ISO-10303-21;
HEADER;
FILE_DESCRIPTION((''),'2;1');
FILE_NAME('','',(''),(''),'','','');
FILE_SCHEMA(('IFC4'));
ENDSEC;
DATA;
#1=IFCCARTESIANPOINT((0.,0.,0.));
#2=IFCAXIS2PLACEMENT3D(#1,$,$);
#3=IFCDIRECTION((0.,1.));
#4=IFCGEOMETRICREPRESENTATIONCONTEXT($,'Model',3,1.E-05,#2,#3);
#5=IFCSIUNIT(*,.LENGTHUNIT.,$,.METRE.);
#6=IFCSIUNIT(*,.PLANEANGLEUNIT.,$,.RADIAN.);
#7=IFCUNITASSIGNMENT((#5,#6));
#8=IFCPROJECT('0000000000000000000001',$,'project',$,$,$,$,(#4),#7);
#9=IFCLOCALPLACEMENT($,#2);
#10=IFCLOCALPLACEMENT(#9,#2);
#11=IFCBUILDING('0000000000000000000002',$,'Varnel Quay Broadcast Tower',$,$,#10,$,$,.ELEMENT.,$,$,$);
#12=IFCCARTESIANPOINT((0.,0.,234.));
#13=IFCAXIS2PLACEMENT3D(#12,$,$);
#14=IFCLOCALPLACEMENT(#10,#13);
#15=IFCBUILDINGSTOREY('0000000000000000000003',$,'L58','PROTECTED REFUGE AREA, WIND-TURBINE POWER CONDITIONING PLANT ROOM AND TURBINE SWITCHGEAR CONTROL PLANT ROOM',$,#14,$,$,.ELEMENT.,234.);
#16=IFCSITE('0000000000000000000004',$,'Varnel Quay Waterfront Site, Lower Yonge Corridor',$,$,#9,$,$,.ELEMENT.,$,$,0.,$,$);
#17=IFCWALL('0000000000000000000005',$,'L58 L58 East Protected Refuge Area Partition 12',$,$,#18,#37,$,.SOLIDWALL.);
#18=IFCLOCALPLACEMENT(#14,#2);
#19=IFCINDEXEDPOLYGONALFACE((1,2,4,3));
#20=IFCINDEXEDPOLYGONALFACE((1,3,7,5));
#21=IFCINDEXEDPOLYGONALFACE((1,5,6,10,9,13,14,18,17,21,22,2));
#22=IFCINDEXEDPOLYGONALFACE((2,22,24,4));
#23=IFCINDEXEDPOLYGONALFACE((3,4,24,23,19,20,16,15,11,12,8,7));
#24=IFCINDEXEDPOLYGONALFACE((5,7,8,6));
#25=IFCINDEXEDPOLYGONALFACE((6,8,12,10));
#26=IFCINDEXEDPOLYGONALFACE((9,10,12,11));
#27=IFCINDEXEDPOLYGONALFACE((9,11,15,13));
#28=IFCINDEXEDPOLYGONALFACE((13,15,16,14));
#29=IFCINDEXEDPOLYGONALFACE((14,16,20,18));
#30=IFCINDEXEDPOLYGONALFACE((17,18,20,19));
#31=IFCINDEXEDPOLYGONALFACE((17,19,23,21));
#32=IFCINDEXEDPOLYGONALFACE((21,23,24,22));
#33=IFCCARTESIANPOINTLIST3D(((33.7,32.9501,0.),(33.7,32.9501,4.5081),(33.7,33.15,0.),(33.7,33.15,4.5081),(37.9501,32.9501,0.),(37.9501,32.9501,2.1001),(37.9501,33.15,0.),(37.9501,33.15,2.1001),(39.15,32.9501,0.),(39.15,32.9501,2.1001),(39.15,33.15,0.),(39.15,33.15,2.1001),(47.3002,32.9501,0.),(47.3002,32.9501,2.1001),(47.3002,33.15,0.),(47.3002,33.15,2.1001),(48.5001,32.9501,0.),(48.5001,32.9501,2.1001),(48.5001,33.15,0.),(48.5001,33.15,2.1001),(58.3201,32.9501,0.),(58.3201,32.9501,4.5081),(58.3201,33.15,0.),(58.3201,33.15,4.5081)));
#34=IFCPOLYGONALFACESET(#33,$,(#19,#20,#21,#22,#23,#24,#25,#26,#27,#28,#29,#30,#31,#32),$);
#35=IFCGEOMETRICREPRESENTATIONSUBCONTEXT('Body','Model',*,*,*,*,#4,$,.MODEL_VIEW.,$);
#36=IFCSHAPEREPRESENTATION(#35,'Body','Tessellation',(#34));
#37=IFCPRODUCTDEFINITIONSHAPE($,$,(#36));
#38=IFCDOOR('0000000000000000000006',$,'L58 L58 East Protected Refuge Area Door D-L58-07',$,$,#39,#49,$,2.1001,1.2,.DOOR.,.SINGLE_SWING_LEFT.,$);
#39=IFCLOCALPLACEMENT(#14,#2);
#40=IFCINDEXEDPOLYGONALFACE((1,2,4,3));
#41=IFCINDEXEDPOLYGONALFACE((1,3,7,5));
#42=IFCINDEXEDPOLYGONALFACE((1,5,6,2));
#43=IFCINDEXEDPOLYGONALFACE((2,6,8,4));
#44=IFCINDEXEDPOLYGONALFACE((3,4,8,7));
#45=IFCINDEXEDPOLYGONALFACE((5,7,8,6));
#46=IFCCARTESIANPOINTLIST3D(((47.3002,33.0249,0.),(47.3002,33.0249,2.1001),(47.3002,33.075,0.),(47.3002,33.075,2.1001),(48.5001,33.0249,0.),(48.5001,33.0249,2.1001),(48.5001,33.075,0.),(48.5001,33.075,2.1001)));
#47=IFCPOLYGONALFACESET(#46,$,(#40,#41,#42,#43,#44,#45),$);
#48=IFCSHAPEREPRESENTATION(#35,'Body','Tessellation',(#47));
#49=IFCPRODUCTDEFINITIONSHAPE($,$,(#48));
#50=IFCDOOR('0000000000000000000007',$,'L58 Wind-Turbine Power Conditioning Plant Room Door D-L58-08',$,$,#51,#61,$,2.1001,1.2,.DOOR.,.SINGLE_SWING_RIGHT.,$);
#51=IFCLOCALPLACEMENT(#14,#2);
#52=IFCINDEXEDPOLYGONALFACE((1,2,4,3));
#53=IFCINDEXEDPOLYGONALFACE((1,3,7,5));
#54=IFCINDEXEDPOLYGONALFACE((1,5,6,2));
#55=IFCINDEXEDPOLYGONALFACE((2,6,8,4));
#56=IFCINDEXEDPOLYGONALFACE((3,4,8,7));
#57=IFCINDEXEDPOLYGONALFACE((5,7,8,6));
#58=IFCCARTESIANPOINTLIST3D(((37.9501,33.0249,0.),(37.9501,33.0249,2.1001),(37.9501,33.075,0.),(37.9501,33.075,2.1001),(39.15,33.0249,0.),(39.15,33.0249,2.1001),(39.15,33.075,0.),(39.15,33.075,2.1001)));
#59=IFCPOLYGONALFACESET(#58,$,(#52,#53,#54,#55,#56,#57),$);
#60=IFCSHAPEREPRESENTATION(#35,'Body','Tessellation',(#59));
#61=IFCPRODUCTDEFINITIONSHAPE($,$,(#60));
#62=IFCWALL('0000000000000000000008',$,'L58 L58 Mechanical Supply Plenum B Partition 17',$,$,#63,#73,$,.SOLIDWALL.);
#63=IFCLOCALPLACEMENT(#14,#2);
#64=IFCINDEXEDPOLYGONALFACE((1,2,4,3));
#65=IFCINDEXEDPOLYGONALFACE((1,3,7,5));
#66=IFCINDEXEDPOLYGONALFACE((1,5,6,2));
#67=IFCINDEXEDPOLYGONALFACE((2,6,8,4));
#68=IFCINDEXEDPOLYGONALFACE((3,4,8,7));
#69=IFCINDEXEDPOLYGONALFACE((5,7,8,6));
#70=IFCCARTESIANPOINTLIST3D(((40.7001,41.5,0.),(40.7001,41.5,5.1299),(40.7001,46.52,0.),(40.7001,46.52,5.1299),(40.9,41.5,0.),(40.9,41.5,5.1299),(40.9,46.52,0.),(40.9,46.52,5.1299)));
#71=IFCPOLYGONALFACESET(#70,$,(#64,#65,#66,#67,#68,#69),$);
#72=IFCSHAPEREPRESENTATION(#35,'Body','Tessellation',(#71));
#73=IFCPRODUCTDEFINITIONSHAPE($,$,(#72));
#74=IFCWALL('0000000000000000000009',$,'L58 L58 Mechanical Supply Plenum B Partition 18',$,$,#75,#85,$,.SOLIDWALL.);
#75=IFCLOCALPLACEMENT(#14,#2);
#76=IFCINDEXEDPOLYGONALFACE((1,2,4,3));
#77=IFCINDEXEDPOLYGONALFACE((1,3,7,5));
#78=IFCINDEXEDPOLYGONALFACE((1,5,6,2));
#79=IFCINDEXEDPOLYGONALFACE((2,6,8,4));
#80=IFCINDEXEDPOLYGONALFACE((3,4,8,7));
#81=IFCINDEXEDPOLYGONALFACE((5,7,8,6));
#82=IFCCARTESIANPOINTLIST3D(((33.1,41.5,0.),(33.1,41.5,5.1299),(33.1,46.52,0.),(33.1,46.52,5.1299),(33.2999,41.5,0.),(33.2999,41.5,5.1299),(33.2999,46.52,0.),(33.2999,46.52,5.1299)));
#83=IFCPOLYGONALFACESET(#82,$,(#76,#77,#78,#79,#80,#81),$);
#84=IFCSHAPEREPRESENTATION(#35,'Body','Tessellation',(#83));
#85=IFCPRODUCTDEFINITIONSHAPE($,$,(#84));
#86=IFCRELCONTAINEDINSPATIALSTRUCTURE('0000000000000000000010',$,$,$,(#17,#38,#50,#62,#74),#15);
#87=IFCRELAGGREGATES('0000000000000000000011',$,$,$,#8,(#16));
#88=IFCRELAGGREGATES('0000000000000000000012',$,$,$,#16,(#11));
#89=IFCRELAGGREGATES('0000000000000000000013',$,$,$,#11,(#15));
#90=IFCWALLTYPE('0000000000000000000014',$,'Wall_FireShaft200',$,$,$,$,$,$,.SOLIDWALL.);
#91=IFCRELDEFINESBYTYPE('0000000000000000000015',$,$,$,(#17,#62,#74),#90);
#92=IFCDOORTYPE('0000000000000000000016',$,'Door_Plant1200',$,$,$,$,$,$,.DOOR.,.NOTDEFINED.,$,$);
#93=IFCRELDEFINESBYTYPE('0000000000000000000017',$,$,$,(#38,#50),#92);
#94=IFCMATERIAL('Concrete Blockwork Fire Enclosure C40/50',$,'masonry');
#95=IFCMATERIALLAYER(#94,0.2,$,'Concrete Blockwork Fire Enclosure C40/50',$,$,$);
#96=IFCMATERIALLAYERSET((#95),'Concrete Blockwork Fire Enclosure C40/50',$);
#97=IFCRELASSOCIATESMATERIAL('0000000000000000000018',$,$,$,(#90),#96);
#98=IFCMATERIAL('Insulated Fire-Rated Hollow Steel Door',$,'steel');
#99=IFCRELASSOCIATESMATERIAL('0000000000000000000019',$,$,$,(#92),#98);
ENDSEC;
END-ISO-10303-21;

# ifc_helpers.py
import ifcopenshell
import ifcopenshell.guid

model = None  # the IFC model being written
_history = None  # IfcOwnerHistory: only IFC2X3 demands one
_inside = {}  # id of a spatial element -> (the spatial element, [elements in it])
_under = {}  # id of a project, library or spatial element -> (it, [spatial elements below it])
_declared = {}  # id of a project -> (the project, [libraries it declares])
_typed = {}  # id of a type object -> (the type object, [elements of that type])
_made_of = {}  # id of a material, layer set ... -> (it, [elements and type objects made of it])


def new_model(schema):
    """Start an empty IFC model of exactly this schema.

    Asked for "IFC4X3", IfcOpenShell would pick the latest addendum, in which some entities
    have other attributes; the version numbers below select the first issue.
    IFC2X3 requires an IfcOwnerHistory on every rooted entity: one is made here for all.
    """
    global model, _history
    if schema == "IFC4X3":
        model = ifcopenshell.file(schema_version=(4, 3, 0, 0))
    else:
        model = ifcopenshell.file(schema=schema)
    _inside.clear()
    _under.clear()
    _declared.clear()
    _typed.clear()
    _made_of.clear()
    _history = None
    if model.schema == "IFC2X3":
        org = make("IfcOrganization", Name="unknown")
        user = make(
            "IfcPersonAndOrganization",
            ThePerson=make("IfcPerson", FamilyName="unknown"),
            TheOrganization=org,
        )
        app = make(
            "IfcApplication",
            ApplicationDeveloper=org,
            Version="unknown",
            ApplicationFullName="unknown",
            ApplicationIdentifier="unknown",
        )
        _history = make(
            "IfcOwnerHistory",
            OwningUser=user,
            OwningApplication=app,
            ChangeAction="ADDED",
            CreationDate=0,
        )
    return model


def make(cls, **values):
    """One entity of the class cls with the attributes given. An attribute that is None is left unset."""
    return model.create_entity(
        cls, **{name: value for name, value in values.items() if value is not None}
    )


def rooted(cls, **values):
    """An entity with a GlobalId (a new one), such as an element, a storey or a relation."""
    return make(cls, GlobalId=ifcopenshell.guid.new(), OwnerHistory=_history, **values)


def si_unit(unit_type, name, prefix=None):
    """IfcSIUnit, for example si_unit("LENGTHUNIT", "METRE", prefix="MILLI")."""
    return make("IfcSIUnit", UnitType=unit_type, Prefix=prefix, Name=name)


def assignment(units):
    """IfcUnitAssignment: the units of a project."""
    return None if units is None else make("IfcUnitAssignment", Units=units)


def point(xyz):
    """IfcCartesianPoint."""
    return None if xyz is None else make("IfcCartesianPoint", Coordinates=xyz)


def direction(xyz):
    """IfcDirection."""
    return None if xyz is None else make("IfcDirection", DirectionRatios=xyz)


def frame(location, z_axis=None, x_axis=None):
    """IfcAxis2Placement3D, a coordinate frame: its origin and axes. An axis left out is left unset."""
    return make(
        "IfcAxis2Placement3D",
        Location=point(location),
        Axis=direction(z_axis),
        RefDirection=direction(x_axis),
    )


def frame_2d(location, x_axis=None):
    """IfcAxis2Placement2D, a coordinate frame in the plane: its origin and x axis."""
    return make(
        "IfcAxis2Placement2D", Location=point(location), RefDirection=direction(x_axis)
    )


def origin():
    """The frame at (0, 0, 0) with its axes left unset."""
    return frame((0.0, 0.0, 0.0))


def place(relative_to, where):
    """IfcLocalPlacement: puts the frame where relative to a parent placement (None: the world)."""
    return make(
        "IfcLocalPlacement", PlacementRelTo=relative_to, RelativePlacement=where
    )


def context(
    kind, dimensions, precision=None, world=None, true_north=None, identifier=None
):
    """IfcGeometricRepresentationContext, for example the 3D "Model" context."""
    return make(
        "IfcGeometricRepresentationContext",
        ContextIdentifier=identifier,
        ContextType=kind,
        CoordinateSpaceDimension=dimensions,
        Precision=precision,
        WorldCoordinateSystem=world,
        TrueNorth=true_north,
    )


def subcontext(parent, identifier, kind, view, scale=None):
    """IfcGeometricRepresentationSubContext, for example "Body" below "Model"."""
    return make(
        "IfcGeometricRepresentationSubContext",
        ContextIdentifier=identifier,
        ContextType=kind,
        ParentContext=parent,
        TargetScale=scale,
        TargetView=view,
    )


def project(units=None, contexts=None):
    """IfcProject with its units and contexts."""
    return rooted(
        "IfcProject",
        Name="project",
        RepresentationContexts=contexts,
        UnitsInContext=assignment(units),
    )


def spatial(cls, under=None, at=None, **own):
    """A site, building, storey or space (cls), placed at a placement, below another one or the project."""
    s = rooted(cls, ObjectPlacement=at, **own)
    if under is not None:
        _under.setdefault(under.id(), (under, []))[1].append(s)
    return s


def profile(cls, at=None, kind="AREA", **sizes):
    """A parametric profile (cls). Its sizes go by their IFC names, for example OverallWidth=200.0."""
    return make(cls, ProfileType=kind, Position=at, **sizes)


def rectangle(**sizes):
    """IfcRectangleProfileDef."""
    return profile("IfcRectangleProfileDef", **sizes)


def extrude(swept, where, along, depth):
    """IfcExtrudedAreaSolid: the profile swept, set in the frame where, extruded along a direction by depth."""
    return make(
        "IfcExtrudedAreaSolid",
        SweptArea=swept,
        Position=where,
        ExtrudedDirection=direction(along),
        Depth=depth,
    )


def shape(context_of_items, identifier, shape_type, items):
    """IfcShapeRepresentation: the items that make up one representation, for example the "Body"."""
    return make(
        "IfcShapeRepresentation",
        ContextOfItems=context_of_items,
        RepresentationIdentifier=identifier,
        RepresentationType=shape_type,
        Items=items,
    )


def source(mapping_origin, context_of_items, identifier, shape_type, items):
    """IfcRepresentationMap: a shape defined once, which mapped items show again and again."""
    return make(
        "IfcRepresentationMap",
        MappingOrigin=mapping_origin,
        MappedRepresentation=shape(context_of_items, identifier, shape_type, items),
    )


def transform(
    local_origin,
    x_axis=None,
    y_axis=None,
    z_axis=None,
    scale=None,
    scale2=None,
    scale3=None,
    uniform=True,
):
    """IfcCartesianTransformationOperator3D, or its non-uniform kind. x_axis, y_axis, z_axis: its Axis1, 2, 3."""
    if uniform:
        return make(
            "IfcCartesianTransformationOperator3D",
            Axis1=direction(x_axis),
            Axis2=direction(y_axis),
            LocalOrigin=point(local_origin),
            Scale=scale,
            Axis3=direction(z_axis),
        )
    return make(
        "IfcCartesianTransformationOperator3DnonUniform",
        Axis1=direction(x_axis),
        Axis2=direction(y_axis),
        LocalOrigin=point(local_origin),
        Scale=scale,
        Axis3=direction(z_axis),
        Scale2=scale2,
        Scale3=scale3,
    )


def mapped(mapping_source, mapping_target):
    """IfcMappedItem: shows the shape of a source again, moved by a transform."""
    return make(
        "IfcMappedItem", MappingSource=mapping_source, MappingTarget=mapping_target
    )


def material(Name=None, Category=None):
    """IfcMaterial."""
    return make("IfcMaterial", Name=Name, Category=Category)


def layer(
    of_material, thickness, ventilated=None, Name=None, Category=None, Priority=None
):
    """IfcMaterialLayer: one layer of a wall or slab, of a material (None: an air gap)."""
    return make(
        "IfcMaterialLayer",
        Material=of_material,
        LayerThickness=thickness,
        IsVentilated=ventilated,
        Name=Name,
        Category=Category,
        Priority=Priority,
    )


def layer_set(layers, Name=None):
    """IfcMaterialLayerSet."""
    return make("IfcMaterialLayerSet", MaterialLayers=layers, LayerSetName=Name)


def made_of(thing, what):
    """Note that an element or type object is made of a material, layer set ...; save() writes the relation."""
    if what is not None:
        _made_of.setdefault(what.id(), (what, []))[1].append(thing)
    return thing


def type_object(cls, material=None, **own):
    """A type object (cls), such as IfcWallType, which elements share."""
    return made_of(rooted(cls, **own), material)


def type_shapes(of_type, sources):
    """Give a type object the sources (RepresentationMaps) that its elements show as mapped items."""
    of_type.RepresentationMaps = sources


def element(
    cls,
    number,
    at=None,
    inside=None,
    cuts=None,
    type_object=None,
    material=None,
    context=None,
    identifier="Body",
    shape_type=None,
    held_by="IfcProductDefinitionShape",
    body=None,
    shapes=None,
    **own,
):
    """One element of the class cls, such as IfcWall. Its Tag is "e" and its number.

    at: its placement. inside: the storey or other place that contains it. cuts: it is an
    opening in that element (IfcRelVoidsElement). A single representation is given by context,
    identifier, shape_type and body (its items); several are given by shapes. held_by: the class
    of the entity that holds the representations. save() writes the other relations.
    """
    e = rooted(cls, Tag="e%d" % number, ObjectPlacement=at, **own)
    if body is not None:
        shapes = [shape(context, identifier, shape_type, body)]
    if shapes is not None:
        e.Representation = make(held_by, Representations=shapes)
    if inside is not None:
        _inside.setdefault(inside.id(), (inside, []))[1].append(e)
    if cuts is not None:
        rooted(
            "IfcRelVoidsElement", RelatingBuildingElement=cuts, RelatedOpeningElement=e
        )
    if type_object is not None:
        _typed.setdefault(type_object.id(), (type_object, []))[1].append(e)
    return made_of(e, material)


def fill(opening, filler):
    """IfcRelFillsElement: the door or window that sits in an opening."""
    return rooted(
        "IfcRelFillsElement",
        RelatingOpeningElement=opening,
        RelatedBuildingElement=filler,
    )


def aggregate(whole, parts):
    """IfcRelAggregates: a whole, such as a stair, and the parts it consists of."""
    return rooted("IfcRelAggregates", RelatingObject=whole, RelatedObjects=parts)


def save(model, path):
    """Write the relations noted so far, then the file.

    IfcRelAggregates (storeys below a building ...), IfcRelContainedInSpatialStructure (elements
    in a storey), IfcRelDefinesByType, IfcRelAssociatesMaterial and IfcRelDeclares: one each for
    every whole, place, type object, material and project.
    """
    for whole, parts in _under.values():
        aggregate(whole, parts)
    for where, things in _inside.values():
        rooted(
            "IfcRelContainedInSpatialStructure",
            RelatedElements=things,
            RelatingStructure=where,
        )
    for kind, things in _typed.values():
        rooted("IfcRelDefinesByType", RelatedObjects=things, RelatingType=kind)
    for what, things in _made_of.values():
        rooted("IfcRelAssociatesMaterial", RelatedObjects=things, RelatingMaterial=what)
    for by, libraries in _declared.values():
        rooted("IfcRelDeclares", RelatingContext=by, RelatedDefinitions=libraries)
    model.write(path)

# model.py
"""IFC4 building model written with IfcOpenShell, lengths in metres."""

from ifc_helpers import new_model, si_unit, direction, frame, frame_2d, origin, place, context, subcontext, project, spatial, rectangle, extrude, source, transform, mapped, material, layer, layer_set, type_object, type_shapes, element, fill, save


model = new_model("IFC4")

# Units and contexts
model_context = context("Model", 3, precision=1e-05, world=origin(), true_north=direction((0.0, 1.0)))
body_context = subcontext(model_context, "Body", "Model", "MODEL_VIEW")
ifc_project = project(units=[si_unit("LENGTHUNIT", "METRE"), si_unit("PLANEANGLEUNIT", "RADIAN")], contexts=[model_context])

# Site, building, storey
site_placement = place(None, origin())
site = spatial("IfcSite", under=ifc_project, at=site_placement, Name="Varnel Quay Waterfront Site, Lower Yonge Corridor", CompositionType="ELEMENT", RefElevation=0.0)
building_placement = place(site_placement, origin())
building = spatial("IfcBuilding", under=site, at=building_placement, Name="Varnel Quay Broadcast Tower", CompositionType="ELEMENT")
storey_placement = place(building_placement, frame((0.0, 0.0, 234.0)))
storey = spatial("IfcBuildingStorey", under=building, at=storey_placement, Name="L58", Description="PROTECTED REFUGE AREA, WIND-TURBINE POWER CONDITIONING PLANT ROOM AND TURBINE SWITCHGEAR CONTROL PLANT ROOM", CompositionType="ELEMENT", Elevation=234.0)

# Shared definitions
ifc_material_1 = material(Name="Insulated Fire-Rated Hollow Steel Door", Category="steel")

# Shared definitions
ifc_material_2 = material(Name="Concrete Blockwork Fire Enclosure C40/50", Category="masonry")
ifc_layer_1 = layer(ifc_material_2, 0.2, Name="Concrete Blockwork Fire Enclosure C40/50")
ifc_layer_set_1 = layer_set([ifc_layer_1], Name="Concrete Blockwork Fire Enclosure C40/50")
wall_type_1 = type_object("IfcWallType", Name="Wall_FireShaft200", PredefinedType="SOLIDWALL", material=ifc_layer_set_1)

# Wall, openings, doors
wall_1_placement = place(storey_placement, frame((33.7, 33.05, 0.0), z_axis=(0.0, 0.0, 1.0), x_axis=(1.0, 0.0, 0.0)))
wall_1 = element("IfcWall", 1, at=wall_1_placement, inside=storey, type_object=wall_type_1, Name="L58 L58 East Protected Refuge Area Partition 12", PredefinedType="SOLIDWALL", context=body_context, shape_type="SweptSolid", body=[
    extrude(rectangle(XDim=24.6201, YDim=0.2, at=frame_2d((12.3101, 0.0))), origin(), (0.0, 0.0, 1.0), 4.5081),
])
opening_1_placement = place(wall_1_placement, frame((13.6001, 0.0, 0.0)))
opening_1 = element("IfcOpeningElement", 2, at=opening_1_placement, cuts=wall_1, PredefinedType="OPENING", context=body_context, shape_type="SweptSolid", body=[
    extrude(rectangle(XDim=1.2, YDim=2.1001, at=frame_2d((0.6001, 1.05))), frame((0.0, 0.1099, 0.0), z_axis=(0.0, -1.0, 0.0), x_axis=(1.0, 0.0, 0.0)), (0.0, 0.0, 1.0), 0.22),
])
opening_2_placement = place(wall_1_placement, frame((4.25, 0.0, 0.0)))
opening_2 = element("IfcOpeningElement", 3, at=opening_2_placement, cuts=wall_1, PredefinedType="OPENING", context=body_context, shape_type="SweptSolid", body=[
    extrude(rectangle(XDim=1.2, YDim=2.1001, at=frame_2d((0.6001, 1.05))), frame((0.0, 0.1099, 0.0), z_axis=(0.0, -1.0, 0.0), x_axis=(1.0, 0.0, 0.0)), (0.0, 0.0, 1.0), 0.22),
])
door_type_1 = type_object("IfcDoorType", Name="Door_Plant1200", OperationType="NOTDEFINED", PredefinedType="DOOR", material=ifc_material_1)
shared_shape_1 = source(origin(), body_context, "Body", "SweptSolid", [
    extrude(rectangle(XDim=1.2, YDim=2.1001, at=frame_2d((0.6001, 1.05))), frame((0.0, 0.0249, 0.0), z_axis=(0.0, -1.0, 0.0), x_axis=(1.0, 0.0, 0.0)), (0.0, 0.0, 1.0), 0.05),
])
type_shapes(door_type_1, [shared_shape_1])
door_1_placement = place(opening_1_placement, origin())
door_1 = element("IfcDoor", 4, at=door_1_placement, inside=storey, type_object=door_type_1, Name="L58 L58 East Protected Refuge Area Door D-L58-07", OperationType="SINGLE_SWING_LEFT", OverallHeight=2.1001, OverallWidth=1.2, PredefinedType="DOOR", context=body_context, shape_type="MappedRepresentation", body=[
    mapped(shared_shape_1, transform((0.0, 0.0, 0.0), x_axis=(1.0, 0.0, 0.0), y_axis=(0.0, 1.0, 0.0), z_axis=(0.0, 0.0, 1.0), scale=1.0)),
])
fill(opening_1, door_1)
door_2_placement = place(opening_2_placement, origin())
door_2 = element("IfcDoor", 5, at=door_2_placement, inside=storey, type_object=door_type_1, Name="L58 Wind-Turbine Power Conditioning Plant Room Door D-L58-08", OperationType="SINGLE_SWING_RIGHT", OverallHeight=2.1001, OverallWidth=1.2, PredefinedType="DOOR", context=body_context, shape_type="MappedRepresentation", body=[
    mapped(shared_shape_1, transform((0.0, 0.0, 0.0), x_axis=(1.0, 0.0, 0.0), y_axis=(0.0, 1.0, 0.0), z_axis=(0.0, 0.0, 1.0), scale=1.0)),
])
fill(opening_2, door_2)

# Walls
for number, where, z_axis, x_axis, name in (
    (6, (40.8, 41.5, 0.0), (0.0, 0.0, 1.0), (0.0, 1.0, 0.0), "L58 L58 Mechanical Supply Plenum B Partition 17"),
    (7, (33.2, 41.5, 0.0), (0.0, 0.0, 1.0), (0.0, 1.0, 0.0), "L58 L58 Mechanical Supply Plenum B Partition 18"),
):
    element("IfcWall", number, at=place(storey_placement, frame(where, z_axis=z_axis, x_axis=x_axis)), inside=storey, type_object=wall_type_1, Name=name, PredefinedType="SOLIDWALL", context=body_context, shape_type="SweptSolid", body=[
        extrude(rectangle(XDim=5.02, YDim=0.2, at=frame_2d((2.51, 0.0))), origin(), (0.0, 0.0, 1.0), 5.1299),
    ])

save(model, "model.ifc")
